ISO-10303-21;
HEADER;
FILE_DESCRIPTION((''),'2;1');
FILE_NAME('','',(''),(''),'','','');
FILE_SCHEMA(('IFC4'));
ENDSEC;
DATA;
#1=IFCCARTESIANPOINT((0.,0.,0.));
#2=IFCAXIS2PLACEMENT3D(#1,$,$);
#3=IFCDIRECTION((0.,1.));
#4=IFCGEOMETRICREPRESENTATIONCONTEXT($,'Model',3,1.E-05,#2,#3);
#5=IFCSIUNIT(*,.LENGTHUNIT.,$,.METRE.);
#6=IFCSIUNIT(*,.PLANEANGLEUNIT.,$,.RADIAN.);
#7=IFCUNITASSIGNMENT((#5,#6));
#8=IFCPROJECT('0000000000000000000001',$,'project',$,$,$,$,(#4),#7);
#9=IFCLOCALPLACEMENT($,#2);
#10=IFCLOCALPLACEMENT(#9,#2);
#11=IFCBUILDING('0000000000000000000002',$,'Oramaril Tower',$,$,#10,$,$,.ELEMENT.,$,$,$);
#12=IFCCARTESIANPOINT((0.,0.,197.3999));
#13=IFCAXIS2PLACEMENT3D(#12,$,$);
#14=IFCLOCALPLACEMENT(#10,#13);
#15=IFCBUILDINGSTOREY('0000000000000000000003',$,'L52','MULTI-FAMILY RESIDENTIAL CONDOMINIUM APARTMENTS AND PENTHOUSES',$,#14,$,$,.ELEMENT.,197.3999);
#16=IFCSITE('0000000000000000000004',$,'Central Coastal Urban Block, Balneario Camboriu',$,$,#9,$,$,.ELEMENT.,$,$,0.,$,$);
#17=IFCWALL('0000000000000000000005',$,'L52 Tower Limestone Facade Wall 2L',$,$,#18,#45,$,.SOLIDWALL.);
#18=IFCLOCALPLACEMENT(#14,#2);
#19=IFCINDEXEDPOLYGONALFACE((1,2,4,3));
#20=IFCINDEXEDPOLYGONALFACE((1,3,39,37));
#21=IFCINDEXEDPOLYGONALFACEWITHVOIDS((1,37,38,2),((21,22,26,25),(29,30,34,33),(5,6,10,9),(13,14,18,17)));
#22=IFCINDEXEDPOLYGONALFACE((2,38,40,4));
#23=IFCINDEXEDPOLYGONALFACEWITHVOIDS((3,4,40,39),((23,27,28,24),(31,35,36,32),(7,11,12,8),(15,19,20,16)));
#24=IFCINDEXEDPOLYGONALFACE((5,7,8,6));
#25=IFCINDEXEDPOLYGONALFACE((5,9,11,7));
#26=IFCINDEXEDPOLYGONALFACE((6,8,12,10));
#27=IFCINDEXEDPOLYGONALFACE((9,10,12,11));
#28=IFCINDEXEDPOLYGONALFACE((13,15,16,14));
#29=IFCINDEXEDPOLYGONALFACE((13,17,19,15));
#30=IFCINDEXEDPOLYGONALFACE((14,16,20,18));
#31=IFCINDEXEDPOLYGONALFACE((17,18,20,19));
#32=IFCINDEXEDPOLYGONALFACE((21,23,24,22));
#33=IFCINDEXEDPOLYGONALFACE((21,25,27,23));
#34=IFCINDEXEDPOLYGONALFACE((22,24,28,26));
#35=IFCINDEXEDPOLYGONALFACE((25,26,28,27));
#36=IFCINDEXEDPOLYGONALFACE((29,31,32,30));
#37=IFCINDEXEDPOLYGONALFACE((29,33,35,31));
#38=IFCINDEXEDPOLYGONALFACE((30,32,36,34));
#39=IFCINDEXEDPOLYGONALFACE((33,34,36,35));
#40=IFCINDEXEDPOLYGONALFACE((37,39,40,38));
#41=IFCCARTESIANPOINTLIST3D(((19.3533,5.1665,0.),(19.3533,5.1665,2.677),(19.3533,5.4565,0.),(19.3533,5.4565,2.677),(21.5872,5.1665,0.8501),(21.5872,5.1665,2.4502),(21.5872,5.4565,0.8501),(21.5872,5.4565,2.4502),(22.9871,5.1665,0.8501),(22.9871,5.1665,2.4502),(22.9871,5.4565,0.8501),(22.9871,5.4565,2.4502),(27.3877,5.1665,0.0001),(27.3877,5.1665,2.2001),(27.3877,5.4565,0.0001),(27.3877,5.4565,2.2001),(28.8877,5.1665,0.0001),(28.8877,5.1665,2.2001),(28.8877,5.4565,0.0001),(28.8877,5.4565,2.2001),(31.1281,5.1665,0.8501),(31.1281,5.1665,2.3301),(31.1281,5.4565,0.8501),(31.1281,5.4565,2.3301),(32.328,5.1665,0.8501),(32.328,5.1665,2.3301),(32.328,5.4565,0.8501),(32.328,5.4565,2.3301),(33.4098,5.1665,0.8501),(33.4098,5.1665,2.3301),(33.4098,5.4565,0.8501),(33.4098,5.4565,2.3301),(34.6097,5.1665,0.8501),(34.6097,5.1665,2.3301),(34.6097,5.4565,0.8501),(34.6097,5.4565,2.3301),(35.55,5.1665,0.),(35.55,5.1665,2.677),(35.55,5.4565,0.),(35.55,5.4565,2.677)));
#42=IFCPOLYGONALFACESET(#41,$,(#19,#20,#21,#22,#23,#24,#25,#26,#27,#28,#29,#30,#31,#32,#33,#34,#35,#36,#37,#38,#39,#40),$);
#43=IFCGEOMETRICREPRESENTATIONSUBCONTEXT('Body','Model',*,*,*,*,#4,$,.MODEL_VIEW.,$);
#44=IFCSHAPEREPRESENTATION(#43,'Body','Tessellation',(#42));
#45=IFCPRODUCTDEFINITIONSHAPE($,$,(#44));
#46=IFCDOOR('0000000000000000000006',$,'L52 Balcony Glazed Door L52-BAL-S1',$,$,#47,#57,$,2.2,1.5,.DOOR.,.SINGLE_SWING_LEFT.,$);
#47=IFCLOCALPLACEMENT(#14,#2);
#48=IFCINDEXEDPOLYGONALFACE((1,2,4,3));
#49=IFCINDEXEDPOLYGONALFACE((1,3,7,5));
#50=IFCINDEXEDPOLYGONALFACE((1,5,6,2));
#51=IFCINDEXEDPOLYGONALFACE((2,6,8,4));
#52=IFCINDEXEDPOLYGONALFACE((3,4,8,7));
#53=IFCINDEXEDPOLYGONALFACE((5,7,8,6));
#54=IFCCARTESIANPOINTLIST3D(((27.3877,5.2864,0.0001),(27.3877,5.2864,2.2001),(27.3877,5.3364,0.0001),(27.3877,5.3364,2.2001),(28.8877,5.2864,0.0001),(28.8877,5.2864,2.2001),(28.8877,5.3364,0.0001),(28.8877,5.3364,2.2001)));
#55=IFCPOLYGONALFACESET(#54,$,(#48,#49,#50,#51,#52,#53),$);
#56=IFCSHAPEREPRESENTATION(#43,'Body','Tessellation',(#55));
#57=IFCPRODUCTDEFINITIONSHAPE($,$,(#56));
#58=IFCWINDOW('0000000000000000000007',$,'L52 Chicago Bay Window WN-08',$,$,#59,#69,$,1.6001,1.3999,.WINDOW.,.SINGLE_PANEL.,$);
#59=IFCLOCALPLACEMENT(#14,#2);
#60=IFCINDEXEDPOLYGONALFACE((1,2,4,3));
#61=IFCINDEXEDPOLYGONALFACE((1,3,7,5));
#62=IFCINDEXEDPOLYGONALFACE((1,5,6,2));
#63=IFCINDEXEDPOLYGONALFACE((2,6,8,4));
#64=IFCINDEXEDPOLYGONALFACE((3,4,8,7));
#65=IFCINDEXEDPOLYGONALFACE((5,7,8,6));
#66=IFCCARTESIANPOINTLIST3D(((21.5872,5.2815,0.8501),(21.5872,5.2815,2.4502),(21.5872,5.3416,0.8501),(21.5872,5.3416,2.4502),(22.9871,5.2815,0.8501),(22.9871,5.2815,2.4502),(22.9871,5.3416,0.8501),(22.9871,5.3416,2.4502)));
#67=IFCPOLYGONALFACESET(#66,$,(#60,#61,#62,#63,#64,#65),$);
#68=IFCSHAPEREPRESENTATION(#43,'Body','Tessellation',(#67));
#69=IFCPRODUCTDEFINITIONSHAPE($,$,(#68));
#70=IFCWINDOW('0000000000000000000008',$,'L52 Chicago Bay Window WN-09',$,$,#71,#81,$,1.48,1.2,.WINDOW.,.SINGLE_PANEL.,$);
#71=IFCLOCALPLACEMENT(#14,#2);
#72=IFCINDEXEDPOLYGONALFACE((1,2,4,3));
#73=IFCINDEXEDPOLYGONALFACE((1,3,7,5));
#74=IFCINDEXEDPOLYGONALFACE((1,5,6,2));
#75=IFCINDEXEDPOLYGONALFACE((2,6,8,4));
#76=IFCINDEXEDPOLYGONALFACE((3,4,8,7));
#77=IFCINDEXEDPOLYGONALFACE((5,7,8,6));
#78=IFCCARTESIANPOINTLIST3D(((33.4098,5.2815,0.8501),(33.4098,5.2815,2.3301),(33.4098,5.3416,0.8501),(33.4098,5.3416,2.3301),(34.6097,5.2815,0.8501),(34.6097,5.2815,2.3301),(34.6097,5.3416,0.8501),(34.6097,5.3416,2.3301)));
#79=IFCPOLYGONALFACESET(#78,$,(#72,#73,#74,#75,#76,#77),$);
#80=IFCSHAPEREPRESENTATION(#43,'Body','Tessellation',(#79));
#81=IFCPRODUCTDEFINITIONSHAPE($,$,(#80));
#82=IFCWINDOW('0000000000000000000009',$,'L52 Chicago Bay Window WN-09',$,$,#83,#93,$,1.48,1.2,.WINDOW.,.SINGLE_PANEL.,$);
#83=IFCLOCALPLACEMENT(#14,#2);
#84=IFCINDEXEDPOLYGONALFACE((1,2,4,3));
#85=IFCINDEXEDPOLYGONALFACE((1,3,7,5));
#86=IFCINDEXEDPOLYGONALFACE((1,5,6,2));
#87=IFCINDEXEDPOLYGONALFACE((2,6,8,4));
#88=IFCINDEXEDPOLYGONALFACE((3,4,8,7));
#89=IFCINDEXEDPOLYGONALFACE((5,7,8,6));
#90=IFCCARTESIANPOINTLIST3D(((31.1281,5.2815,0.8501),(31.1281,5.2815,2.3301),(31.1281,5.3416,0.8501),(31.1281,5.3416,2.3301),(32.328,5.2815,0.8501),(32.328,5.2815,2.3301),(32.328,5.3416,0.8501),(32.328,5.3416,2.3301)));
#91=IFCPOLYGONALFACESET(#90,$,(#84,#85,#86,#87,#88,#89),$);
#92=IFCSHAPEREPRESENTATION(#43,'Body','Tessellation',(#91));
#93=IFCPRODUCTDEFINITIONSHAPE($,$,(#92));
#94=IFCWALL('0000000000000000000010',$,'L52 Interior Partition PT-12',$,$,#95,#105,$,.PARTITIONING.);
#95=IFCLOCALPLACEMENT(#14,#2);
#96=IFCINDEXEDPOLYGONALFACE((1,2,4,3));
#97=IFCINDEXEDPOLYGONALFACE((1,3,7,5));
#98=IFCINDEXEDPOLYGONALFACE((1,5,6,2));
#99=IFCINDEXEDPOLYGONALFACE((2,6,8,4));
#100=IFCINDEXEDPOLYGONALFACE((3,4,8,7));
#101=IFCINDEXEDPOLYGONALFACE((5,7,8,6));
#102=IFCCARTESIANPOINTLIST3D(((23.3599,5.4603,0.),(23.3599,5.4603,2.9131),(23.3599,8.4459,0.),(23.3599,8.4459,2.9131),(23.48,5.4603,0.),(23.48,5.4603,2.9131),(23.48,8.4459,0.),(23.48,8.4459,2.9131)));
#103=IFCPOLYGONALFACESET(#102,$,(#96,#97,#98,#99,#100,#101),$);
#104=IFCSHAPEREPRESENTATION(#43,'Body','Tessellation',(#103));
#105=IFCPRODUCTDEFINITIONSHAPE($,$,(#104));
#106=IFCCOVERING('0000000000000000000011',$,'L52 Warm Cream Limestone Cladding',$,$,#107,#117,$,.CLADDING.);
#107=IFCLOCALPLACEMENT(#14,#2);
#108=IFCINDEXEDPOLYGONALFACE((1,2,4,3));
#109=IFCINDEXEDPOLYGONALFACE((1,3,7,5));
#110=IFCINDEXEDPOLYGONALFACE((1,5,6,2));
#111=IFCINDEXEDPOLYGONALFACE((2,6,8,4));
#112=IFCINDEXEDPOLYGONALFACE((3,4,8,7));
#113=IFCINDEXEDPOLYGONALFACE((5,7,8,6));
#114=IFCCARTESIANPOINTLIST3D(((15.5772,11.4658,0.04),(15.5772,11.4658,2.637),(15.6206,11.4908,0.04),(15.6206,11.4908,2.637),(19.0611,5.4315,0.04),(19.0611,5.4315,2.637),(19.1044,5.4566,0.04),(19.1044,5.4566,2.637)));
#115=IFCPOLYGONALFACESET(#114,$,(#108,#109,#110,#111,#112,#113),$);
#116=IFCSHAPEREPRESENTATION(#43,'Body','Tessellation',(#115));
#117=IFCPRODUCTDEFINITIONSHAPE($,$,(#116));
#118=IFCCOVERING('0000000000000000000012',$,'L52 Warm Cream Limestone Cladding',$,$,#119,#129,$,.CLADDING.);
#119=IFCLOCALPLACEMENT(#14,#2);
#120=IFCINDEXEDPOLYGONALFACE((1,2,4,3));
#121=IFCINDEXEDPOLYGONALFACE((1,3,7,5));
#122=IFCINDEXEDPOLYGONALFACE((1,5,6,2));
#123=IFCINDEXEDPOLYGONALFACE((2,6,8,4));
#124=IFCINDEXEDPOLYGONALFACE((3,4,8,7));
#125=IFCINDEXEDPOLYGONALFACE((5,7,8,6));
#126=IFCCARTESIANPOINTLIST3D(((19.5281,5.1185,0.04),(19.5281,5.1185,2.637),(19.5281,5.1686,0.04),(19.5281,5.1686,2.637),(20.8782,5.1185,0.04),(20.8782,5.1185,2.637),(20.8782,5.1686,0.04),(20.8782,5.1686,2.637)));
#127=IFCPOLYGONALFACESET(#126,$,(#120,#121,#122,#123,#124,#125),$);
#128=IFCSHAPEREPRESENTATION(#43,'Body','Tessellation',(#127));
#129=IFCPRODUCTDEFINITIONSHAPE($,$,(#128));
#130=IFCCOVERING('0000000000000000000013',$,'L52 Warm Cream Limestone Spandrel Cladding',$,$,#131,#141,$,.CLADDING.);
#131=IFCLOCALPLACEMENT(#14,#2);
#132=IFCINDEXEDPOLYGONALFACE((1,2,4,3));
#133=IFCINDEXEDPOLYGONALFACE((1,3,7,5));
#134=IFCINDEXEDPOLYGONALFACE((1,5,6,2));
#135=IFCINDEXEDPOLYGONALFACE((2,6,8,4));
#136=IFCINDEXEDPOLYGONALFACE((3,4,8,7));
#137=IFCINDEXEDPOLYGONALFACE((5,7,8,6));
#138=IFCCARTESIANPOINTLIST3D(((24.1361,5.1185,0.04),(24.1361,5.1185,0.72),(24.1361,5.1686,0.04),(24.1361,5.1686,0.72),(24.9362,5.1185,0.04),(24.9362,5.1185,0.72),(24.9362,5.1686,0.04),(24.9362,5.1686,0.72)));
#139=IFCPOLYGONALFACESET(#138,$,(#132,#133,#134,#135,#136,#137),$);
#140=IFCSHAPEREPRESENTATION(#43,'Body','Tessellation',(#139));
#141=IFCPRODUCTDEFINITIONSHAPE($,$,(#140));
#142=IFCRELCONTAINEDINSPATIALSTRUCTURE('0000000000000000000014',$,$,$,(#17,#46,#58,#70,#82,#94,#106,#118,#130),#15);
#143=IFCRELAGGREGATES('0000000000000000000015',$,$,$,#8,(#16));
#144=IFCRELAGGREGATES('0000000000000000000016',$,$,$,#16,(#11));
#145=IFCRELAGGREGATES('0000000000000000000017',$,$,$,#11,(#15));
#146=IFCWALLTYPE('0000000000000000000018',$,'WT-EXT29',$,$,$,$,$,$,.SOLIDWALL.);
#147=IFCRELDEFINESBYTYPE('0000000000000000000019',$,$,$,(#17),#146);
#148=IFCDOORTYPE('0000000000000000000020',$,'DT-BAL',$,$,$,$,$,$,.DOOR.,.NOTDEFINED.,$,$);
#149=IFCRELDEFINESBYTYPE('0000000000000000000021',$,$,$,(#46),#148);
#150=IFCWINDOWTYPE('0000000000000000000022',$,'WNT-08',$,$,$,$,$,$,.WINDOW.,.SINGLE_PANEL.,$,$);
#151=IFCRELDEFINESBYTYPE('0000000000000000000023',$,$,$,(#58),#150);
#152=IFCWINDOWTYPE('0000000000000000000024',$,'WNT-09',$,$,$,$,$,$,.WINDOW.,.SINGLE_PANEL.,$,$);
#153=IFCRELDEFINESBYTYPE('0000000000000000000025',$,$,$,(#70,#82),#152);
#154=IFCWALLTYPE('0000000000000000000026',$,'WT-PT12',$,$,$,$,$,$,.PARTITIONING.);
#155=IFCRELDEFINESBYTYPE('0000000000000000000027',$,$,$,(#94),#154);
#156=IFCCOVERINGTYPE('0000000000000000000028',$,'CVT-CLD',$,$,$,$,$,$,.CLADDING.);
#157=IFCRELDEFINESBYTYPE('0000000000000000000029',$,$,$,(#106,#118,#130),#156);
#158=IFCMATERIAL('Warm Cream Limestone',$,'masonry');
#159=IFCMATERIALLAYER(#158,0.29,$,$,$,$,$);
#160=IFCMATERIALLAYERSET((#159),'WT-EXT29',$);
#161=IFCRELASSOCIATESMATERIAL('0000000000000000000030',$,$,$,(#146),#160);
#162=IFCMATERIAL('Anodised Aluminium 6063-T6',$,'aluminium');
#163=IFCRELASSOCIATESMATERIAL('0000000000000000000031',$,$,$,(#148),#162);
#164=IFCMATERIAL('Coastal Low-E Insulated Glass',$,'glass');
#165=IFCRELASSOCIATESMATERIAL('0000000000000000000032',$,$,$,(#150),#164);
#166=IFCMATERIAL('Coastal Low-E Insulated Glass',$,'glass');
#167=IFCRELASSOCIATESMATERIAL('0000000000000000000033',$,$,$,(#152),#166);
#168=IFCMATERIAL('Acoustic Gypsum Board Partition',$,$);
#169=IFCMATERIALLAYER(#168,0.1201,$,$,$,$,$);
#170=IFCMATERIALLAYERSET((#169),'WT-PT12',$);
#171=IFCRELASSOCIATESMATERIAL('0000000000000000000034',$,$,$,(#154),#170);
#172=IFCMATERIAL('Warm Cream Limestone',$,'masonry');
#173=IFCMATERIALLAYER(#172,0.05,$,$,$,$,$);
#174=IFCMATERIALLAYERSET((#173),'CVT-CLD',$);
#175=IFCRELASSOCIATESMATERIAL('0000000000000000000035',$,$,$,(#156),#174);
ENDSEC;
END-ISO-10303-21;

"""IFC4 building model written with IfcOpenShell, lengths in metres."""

from ifc_helpers import new_model, si_unit, direction, frame, frame_2d, origin, origin_2d, place, context, subcontext, project, spatial, rectangle, extrude, material, layer, layer_set, type_object, element, fill, save


model = new_model("IFC4")

# Units and contexts
model_context = context("Model", 3, precision=1e-05, world=origin(), true_north=direction((0.0, 1.0)))
body_context = subcontext(model_context, "Body", "Model", "MODEL_VIEW")
ifc_project = project(units=[si_unit("LENGTHUNIT", "METRE"), si_unit("PLANEANGLEUNIT", "RADIAN")], contexts=[model_context])

# Site, building, storey
site_placement = place(None, origin())
site = spatial("IfcSite", under=ifc_project, at=site_placement, Name="Central Coastal Urban Block, Balneario Camboriu", CompositionType="ELEMENT", RefElevation=0.0)
building_placement = place(site_placement, origin())
building = spatial("IfcBuilding", under=site, at=building_placement, Name="Oramaril Tower", CompositionType="ELEMENT")
storey_placement = place(building_placement, frame((0.0, 0.0, 197.3999)))
storey = spatial("IfcBuildingStorey", under=building, at=storey_placement, Name="L52", Description="MULTI-FAMILY RESIDENTIAL CONDOMINIUM APARTMENTS AND PENTHOUSES", CompositionType="ELEMENT", Elevation=197.3999)

# Wall, openings, door, windows
ifc_material_1 = material(Name="Warm Cream Limestone", Category="masonry")
ifc_layer_1 = layer(ifc_material_1, 0.29)
ifc_layer_set_1 = layer_set([ifc_layer_1], Name="WT-EXT29")
wall_type_1 = type_object("IfcWallType", Name="WT-EXT29", PredefinedType="SOLIDWALL", material=ifc_layer_set_1)
wall_1_placement = place(storey_placement, frame((19.3533, 5.3115, 0.0), z_axis=(0.0, 0.0, 1.0), x_axis=(1.0, 0.0, 0.0)))
wall_1 = element("IfcWall", 1, at=wall_1_placement, inside=storey, type_object=wall_type_1, Name="L52 Tower Limestone Facade Wall 2L", PredefinedType="SOLIDWALL", context=body_context, shape_type="SweptSolid", body=[
    extrude(rectangle(XDim=16.1968, YDim=0.29, at=frame_2d((8.0984, 0.0))), origin(), (0.0, 0.0, 1.0), 2.677),
])
opening_1_placement = place(wall_1_placement, frame((8.0344, 0.0, 0.0)))
opening_1 = element("IfcOpeningElement", 2, at=opening_1_placement, cuts=wall_1, PredefinedType="OPENING", context=body_context, shape_type="SweptSolid", body=[
    extrude(rectangle(XDim=1.5, YDim=2.2, at=frame_2d((0.75, 1.1001))), frame((0.0, 0.145, 0.0), z_axis=(0.0, -1.0, 0.0), x_axis=(1.0, 0.0, 0.0)), (0.0, 0.0, 1.0), 0.29),
])
opening_2_placement = place(wall_1_placement, frame((14.0564, 0.0, 0.8501)))
opening_2 = element("IfcOpeningElement", 3, at=opening_2_placement, cuts=wall_1, PredefinedType="OPENING", context=body_context, shape_type="SweptSolid", body=[
    extrude(rectangle(XDim=1.2, YDim=1.48, at=frame_2d((0.6001, 0.74))), frame((0.0, 0.145, 0.0), z_axis=(0.0, -1.0, 0.0), x_axis=(1.0, 0.0, 0.0)), (0.0, 0.0, 1.0), 0.29),
])
opening_3_placement = place(wall_1_placement, frame((2.2339, 0.0, 0.8501)))
opening_3 = element("IfcOpeningElement", 4, at=opening_3_placement, cuts=wall_1, PredefinedType="OPENING", context=body_context, shape_type="SweptSolid", body=[
    extrude(rectangle(XDim=1.3999, YDim=1.6001, at=frame_2d((0.7, 0.8))), frame((0.0, 0.145, 0.0), z_axis=(0.0, -1.0, 0.0), x_axis=(1.0, 0.0, 0.0)), (0.0, 0.0, 1.0), 0.29),
])
opening_4_placement = place(wall_1_placement, frame((11.7747, 0.0, 0.8501)))
opening_4 = element("IfcOpeningElement", 5, at=opening_4_placement, cuts=wall_1, PredefinedType="OPENING", context=body_context, shape_type="SweptSolid", body=[
    extrude(rectangle(XDim=1.2, YDim=1.48, at=frame_2d((0.6001, 0.74))), frame((0.0, 0.145, 0.0), z_axis=(0.0, -1.0, 0.0), x_axis=(1.0, 0.0, 0.0)), (0.0, 0.0, 1.0), 0.29),
])
ifc_material_2 = material(Name="Anodised Aluminium 6063-T6", Category="aluminium")
door_type_1 = type_object("IfcDoorType", Name="DT-BAL", OperationType="NOTDEFINED", PredefinedType="DOOR", material=ifc_material_2)
door_1_placement = place(opening_1_placement, origin())
door_1 = element("IfcDoor", 6, at=door_1_placement, inside=storey, type_object=door_type_1, Name="L52 Balcony Glazed Door L52-BAL-S1", OperationType="SINGLE_SWING_LEFT", OverallHeight=2.2, OverallWidth=1.5, PredefinedType="DOOR", context=body_context, shape_type="SweptSolid", body=[
    extrude(rectangle(XDim=1.5, YDim=2.2, at=frame_2d((0.75, 1.1001))), frame((0.0, 0.0249, 0.0), z_axis=(0.0, -1.0, 0.0), x_axis=(1.0, 0.0, 0.0)), (0.0, 0.0, 1.0), 0.05),
])
fill(opening_1, door_1)
ifc_material_3 = material(Name="Coastal Low-E Insulated Glass", Category="glass")
window_type_1 = type_object("IfcWindowType", Name="WNT-08", PartitioningType="SINGLE_PANEL", PredefinedType="WINDOW", material=ifc_material_3)
window_1_placement = place(opening_3_placement, origin())
window_1 = element("IfcWindow", 7, at=window_1_placement, inside=storey, type_object=window_type_1, Name="L52 Chicago Bay Window WN-08", OverallHeight=1.6001, OverallWidth=1.3999, PartitioningType="SINGLE_PANEL", PredefinedType="WINDOW", context=body_context, shape_type="SweptSolid", body=[
    extrude(rectangle(XDim=1.3999, YDim=1.6001, at=frame_2d((0.7, 0.8))), frame((0.0, 0.03, 0.0), z_axis=(0.0, -1.0, 0.0), x_axis=(1.0, 0.0, 0.0)), (0.0, 0.0, 1.0), 0.0601),
])
fill(opening_3, window_1)
ifc_material_4 = material(Name="Coastal Low-E Insulated Glass", Category="glass")
window_type_2 = type_object("IfcWindowType", Name="WNT-09", PartitioningType="SINGLE_PANEL", PredefinedType="WINDOW", material=ifc_material_4)
window_2_placement = place(opening_2_placement, origin())
window_2 = element("IfcWindow", 8, at=window_2_placement, inside=storey, type_object=window_type_2, Name="L52 Chicago Bay Window WN-09", OverallHeight=1.48, OverallWidth=1.2, PartitioningType="SINGLE_PANEL", PredefinedType="WINDOW", context=body_context, shape_type="SweptSolid", body=[
    extrude(rectangle(XDim=1.2, YDim=1.48, at=frame_2d((0.6001, 0.74))), frame((0.0, 0.03, 0.0), z_axis=(0.0, -1.0, 0.0), x_axis=(1.0, 0.0, 0.0)), (0.0, 0.0, 1.0), 0.0601),
])
fill(opening_2, window_2)
window_3_placement = place(opening_4_placement, origin())
window_3 = element("IfcWindow", 9, at=window_3_placement, inside=storey, type_object=window_type_2, Name="L52 Chicago Bay Window WN-09", OverallHeight=1.48, OverallWidth=1.2, PartitioningType="SINGLE_PANEL", PredefinedType="WINDOW", context=body_context, shape_type="SweptSolid", body=[
    extrude(rectangle(XDim=1.2, YDim=1.48, at=frame_2d((0.6001, 0.74))), frame((0.0, 0.03, 0.0), z_axis=(0.0, -1.0, 0.0), x_axis=(1.0, 0.0, 0.0)), (0.0, 0.0, 1.0), 0.0601),
])
fill(opening_4, window_3)

# Wall
ifc_material_5 = material(Name="Acoustic Gypsum Board Partition")
ifc_layer_2 = layer(ifc_material_5, 0.1201)
ifc_layer_set_2 = layer_set([ifc_layer_2], Name="WT-PT12")
wall_type_2 = type_object("IfcWallType", Name="WT-PT12", PredefinedType="PARTITIONING", material=ifc_layer_set_2)
wall_2_placement = place(storey_placement, frame((23.4199, 5.4604, 0.0), z_axis=(0.0, 0.0, 1.0), x_axis=(0.0, 1.0, 0.0)))
element("IfcWall", 10, at=wall_2_placement, inside=storey, type_object=wall_type_2, Name="L52 Interior Partition PT-12", PredefinedType="PARTITIONING", context=body_context, shape_type="SweptSolid", body=[
    extrude(rectangle(XDim=2.9856, YDim=0.1201, at=frame_2d((1.4927, 0.0))), origin(), (0.0, 0.0, 1.0), 2.9131),
])

# Coverings
ifc_material_6 = material(Name="Warm Cream Limestone", Category="masonry")
ifc_layer_3 = layer(ifc_material_6, 0.05)
ifc_layer_set_3 = layer_set([ifc_layer_3], Name="CVT-CLD")
covering_type_1 = type_object("IfcCoveringType", Name="CVT-CLD", PredefinedType="CLADDING", material=ifc_layer_set_3)
covering_1_placement = place(storey_placement, frame((17.3408, 8.4612, 0.04), z_axis=(0.0, 0.0, 1.0), x_axis=(0.499995, -0.866028, 0.0)))
element("IfcCovering", 11, at=covering_1_placement, inside=storey, type_object=covering_type_1, Name="L52 Warm Cream Limestone Cladding", PredefinedType="CLADDING", context=body_context, shape_type="SweptSolid", body=[
    extrude(rectangle(XDim=6.9678, YDim=0.05, at=origin_2d()), origin(), (0.0, 0.0, 1.0), 2.5969),
])
covering_2_placement = place(storey_placement, frame((20.2031, 5.1436, 0.04), z_axis=(0.0, 0.0, 1.0), x_axis=(1.0, 0.0, 0.0)))
element("IfcCovering", 12, at=covering_2_placement, inside=storey, type_object=covering_type_1, Name="L52 Warm Cream Limestone Cladding", PredefinedType="CLADDING", context=body_context, shape_type="SweptSolid", body=[
    extrude(rectangle(XDim=1.3501, YDim=0.05, at=origin_2d()), origin(), (0.0, 0.0, 1.0), 2.5969),
])
covering_3_placement = place(storey_placement, frame((24.5361, 5.1436, 0.04), z_axis=(0.0, 0.0, 1.0), x_axis=(1.0, 0.0, 0.0)))
element("IfcCovering", 13, at=covering_3_placement, inside=storey, type_object=covering_type_1, Name="L52 Warm Cream Limestone Spandrel Cladding", PredefinedType="CLADDING", context=body_context, shape_type="SweptSolid", body=[
    extrude(rectangle(XDim=0.8, YDim=0.05, at=origin_2d()), origin(), (0.0, 0.0, 1.0), 0.6799),
])

save(model, "model.ifc")
